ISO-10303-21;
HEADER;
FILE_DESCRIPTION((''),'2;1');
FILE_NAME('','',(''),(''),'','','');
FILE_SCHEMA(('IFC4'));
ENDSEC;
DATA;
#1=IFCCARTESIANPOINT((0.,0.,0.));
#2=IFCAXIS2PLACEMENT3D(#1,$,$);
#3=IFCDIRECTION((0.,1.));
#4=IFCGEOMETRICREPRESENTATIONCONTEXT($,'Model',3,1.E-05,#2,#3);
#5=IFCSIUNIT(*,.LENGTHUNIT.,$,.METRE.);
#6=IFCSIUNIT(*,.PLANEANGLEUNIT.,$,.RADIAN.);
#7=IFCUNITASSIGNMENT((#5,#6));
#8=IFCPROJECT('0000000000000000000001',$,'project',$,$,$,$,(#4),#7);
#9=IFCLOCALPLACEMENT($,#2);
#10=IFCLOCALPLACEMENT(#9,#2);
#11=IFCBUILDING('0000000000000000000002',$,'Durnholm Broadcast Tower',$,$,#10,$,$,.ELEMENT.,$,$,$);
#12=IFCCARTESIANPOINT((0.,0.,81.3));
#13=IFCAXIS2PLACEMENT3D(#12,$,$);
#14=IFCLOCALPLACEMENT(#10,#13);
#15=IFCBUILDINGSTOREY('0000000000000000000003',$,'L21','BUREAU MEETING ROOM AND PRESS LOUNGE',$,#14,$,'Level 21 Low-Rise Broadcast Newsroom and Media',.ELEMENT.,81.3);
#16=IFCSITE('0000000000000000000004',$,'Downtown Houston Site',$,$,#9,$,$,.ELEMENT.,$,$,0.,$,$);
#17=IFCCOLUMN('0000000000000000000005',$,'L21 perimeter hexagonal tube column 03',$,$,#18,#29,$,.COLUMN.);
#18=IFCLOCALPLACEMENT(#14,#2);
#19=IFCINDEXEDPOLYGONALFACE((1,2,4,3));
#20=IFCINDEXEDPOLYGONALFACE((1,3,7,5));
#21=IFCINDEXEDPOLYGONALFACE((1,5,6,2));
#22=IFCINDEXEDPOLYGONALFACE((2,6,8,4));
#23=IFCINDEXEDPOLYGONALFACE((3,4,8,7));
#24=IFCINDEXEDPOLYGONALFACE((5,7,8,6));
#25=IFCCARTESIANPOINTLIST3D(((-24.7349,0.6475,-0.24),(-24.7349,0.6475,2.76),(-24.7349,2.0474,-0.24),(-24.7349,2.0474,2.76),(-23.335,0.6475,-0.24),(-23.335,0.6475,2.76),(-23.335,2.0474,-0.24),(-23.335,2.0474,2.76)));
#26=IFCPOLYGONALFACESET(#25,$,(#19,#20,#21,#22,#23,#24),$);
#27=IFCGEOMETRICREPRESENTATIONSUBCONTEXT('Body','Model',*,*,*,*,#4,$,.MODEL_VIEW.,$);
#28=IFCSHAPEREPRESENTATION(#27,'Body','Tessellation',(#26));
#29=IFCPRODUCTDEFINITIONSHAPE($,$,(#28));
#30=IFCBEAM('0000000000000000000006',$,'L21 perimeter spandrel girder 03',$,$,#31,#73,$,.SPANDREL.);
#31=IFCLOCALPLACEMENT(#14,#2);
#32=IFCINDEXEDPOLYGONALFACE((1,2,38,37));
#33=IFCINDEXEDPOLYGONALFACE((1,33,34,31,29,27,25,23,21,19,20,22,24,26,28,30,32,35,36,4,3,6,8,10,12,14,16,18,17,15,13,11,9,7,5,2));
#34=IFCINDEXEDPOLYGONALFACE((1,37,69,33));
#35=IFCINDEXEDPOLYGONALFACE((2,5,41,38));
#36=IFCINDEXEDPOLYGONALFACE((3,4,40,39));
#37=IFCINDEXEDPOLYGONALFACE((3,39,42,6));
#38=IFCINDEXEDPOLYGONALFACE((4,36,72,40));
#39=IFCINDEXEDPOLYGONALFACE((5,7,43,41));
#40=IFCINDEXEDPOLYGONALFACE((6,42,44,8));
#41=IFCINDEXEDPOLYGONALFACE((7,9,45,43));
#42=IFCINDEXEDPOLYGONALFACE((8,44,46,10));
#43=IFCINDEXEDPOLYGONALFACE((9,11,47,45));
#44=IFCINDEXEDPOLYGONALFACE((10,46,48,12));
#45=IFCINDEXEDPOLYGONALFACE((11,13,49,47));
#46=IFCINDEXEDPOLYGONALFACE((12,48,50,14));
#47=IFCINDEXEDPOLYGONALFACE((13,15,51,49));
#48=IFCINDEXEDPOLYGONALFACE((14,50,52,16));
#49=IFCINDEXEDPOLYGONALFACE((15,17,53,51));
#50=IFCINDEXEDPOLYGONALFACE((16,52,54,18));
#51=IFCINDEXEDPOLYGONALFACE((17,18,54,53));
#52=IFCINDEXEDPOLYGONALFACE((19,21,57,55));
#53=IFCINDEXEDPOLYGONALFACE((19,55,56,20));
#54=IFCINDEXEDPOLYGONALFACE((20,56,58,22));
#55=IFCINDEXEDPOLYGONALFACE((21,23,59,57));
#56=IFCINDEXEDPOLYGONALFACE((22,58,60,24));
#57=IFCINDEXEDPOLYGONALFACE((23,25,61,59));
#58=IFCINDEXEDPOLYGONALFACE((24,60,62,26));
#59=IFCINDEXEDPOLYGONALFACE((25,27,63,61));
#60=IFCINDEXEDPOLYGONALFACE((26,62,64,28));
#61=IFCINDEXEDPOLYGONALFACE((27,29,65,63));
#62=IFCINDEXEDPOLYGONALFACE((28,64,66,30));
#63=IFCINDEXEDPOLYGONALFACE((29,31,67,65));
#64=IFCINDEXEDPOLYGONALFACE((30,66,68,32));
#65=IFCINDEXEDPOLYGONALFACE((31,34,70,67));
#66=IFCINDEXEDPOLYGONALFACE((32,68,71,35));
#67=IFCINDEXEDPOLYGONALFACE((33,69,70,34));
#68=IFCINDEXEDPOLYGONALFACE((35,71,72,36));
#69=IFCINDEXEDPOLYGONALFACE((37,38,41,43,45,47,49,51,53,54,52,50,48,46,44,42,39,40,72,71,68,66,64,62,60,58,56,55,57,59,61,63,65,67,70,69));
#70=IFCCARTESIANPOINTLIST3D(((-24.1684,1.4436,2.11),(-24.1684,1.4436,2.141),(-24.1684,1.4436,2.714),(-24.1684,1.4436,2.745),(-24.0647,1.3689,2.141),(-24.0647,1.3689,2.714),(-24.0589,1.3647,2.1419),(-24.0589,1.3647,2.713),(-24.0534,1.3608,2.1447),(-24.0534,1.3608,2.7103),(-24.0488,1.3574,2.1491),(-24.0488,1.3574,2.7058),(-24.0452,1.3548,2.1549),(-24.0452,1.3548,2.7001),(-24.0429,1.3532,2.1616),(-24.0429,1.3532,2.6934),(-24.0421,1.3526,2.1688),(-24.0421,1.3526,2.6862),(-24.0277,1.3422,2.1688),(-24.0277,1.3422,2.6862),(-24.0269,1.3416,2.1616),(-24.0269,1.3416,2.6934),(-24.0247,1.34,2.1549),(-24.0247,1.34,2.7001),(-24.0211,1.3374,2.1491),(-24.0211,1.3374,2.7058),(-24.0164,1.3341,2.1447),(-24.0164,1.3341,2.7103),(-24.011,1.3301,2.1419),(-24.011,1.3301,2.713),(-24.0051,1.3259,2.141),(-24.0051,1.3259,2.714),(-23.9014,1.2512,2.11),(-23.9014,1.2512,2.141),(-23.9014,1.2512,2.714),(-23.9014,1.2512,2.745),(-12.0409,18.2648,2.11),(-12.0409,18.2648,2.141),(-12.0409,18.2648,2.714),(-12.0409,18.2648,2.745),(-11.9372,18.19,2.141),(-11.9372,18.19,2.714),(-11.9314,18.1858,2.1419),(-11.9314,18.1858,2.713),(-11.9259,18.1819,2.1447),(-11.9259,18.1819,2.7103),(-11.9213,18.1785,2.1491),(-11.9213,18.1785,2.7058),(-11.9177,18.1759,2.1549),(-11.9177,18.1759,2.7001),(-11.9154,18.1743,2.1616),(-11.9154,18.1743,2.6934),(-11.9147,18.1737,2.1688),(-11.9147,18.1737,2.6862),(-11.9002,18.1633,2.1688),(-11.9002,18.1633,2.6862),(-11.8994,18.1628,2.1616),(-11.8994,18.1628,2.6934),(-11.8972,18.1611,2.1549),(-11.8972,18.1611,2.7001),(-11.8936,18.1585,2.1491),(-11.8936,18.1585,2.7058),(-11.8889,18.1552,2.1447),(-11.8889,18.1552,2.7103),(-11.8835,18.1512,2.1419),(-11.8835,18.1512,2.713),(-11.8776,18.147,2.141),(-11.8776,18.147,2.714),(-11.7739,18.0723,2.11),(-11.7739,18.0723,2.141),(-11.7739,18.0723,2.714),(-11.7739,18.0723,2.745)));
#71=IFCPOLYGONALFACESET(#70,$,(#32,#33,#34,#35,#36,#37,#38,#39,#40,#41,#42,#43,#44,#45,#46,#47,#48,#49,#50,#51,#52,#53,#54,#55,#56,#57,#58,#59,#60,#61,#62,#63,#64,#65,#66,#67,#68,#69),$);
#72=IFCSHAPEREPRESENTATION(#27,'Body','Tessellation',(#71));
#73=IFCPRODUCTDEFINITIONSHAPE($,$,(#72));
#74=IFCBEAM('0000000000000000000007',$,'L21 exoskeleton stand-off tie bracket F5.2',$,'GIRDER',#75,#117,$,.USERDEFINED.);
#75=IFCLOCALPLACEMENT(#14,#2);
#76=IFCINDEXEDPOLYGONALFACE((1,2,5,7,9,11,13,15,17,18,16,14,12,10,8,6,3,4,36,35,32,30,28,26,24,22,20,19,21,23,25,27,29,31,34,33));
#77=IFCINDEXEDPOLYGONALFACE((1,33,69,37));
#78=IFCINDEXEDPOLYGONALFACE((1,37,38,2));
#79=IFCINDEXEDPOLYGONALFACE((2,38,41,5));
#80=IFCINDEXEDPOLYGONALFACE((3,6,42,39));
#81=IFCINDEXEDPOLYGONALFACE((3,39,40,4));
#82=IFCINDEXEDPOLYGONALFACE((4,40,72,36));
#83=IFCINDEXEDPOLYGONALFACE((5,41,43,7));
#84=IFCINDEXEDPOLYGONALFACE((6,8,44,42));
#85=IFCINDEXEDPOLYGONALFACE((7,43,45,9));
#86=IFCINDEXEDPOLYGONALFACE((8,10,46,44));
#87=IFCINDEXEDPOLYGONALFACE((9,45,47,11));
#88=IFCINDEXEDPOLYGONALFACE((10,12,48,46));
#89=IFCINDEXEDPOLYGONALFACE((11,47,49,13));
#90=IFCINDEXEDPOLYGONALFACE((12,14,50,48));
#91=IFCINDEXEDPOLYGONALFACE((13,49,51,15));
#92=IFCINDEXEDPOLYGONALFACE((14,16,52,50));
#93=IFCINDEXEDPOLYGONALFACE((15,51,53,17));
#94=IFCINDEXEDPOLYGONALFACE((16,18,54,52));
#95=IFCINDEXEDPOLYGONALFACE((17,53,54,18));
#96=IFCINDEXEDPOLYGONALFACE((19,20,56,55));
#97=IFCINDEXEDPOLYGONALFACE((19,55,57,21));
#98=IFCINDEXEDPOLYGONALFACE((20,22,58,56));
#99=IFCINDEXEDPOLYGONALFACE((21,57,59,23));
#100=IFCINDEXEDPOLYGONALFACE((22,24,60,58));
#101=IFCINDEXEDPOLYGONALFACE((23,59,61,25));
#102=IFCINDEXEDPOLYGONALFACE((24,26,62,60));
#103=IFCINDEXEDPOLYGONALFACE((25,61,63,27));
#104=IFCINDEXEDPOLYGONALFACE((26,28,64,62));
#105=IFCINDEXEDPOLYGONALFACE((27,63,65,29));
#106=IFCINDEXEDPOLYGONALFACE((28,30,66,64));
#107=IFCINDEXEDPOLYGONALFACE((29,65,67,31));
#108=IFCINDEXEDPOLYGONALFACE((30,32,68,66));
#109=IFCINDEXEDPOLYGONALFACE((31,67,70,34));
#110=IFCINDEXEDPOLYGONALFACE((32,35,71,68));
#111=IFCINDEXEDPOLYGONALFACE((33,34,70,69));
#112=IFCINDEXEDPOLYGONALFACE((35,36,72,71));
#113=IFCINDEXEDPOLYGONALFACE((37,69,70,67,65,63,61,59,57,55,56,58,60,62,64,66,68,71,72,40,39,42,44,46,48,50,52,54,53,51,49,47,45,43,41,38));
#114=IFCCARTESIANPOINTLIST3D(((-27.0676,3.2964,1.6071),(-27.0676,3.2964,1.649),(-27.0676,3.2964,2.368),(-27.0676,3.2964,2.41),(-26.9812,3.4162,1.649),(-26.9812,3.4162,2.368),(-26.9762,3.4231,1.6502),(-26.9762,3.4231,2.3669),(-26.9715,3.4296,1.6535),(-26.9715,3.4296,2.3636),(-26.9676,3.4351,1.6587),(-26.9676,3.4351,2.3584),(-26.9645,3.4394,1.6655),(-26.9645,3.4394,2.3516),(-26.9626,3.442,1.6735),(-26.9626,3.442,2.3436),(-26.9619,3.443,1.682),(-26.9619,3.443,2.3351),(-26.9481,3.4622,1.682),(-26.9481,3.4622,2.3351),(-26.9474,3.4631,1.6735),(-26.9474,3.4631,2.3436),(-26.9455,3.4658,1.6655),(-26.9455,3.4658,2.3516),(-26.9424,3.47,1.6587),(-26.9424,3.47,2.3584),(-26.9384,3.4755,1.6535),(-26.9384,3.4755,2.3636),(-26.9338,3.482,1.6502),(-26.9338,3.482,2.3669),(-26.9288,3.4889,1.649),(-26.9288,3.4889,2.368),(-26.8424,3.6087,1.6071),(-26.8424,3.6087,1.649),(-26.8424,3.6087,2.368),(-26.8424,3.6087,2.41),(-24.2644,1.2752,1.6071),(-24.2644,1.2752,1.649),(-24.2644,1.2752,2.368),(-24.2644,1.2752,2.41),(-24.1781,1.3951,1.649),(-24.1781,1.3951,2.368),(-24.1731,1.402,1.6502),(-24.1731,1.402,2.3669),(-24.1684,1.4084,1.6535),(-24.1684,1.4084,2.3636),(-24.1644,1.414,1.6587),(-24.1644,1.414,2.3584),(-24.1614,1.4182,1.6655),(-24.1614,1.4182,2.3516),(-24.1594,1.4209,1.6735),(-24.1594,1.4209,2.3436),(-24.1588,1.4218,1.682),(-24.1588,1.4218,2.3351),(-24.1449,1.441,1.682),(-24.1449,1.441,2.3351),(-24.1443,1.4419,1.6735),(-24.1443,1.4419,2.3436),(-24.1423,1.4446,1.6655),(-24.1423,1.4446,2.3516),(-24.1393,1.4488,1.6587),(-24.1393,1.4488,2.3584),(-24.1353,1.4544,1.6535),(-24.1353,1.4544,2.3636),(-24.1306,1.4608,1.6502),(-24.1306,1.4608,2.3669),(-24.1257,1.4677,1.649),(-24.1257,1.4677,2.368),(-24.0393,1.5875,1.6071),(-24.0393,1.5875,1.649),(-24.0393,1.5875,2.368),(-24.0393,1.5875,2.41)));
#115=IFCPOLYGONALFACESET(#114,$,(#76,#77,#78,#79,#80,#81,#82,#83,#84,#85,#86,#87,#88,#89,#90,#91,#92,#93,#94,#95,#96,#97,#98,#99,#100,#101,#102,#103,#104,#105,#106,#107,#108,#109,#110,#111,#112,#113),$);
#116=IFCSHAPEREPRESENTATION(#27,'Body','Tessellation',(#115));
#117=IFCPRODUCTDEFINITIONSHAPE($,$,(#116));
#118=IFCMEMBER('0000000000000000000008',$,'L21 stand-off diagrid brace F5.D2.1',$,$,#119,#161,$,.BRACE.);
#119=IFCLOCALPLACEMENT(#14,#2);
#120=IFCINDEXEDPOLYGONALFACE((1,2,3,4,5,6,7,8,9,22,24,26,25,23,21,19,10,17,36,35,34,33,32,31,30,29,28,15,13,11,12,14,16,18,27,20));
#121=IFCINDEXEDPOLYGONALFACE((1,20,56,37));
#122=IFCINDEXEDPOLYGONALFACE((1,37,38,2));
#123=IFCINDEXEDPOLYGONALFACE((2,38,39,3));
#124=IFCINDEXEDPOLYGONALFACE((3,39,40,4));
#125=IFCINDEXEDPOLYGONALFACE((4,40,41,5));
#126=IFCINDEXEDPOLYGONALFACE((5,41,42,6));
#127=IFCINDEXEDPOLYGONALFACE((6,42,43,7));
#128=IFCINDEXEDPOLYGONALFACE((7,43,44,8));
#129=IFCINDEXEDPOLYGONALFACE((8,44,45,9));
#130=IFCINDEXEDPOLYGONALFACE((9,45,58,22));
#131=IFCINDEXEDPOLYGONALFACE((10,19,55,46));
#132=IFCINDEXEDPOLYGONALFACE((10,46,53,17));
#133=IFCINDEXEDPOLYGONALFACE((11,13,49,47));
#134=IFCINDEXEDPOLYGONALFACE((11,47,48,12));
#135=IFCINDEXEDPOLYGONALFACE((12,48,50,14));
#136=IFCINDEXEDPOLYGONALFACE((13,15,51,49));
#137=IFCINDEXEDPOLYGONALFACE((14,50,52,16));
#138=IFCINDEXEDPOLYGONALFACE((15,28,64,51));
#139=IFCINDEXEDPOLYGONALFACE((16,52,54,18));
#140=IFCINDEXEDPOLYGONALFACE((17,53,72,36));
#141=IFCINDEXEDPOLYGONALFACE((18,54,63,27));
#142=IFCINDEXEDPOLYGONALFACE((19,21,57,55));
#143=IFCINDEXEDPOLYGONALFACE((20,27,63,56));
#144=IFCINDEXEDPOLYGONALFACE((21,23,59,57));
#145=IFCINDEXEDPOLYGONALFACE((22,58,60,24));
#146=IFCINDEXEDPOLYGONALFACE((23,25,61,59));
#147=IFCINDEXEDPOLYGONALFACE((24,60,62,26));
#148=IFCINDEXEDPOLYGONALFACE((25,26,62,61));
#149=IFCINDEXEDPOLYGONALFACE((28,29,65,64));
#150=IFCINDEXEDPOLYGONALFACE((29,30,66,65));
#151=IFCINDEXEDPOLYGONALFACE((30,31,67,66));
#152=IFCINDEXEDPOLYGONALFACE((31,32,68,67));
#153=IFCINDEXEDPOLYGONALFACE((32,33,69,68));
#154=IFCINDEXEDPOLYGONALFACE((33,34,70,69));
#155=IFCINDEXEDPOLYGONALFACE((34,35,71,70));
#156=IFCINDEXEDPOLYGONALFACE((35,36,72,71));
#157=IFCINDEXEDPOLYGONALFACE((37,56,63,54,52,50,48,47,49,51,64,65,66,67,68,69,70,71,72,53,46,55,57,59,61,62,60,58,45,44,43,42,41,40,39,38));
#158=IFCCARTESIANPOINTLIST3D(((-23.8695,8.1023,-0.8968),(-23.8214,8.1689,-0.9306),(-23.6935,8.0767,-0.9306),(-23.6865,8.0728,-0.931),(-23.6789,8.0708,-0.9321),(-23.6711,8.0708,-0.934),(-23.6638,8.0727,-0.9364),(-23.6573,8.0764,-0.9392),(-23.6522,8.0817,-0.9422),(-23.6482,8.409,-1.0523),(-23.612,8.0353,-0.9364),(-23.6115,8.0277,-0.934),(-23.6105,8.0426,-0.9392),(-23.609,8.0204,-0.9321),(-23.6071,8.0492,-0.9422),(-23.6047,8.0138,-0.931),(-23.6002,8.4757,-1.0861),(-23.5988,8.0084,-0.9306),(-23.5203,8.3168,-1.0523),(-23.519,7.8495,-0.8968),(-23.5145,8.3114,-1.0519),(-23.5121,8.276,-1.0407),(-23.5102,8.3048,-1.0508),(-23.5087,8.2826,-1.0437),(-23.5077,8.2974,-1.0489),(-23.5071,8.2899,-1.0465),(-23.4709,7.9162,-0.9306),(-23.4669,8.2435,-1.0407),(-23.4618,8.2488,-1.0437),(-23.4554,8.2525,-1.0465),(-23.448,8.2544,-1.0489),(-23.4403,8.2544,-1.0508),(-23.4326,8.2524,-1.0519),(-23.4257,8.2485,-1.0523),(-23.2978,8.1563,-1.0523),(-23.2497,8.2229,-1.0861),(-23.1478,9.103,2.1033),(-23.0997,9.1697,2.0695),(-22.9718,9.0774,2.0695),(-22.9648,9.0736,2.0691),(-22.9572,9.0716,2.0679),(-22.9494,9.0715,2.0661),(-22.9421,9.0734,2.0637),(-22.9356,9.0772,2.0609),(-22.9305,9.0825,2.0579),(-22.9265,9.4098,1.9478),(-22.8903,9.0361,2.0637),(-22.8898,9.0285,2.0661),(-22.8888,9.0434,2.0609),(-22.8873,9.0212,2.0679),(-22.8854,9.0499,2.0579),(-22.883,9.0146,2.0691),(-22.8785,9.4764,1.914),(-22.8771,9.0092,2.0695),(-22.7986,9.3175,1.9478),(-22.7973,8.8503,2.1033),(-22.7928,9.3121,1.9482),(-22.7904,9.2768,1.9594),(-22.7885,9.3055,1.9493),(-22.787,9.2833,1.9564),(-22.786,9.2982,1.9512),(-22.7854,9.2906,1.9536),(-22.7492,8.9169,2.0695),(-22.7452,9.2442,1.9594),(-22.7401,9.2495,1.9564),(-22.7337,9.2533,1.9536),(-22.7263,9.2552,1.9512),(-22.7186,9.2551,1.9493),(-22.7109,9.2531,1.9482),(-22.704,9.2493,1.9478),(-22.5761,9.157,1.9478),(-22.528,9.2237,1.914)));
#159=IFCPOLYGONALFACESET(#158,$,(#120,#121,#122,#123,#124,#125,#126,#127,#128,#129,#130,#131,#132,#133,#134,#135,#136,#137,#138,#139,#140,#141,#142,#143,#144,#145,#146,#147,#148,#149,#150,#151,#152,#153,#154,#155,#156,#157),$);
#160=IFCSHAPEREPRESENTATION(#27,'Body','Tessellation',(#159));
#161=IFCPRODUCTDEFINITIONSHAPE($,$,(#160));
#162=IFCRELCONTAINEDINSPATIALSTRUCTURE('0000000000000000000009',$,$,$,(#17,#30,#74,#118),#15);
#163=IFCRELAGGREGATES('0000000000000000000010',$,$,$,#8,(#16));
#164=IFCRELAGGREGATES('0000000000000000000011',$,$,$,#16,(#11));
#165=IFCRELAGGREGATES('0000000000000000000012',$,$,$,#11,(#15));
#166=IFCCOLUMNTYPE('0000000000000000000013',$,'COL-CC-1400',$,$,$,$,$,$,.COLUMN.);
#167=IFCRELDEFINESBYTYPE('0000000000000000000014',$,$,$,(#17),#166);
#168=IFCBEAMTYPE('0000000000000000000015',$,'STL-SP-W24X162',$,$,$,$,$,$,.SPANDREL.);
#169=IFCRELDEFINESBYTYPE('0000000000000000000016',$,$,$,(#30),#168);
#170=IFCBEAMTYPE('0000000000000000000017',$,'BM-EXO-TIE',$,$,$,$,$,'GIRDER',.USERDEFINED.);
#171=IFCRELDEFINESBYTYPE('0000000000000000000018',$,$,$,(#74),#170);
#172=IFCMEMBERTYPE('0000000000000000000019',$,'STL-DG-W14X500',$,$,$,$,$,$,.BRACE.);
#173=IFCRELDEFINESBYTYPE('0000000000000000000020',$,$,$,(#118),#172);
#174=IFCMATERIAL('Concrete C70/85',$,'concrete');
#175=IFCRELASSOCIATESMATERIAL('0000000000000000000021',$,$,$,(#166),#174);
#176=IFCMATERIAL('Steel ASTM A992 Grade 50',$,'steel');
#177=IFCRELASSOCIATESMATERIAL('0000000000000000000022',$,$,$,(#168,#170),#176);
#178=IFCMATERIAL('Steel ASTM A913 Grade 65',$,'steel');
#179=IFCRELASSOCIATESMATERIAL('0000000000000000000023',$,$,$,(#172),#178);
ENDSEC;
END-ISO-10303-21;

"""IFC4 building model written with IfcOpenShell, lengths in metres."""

from ifc_helpers import new_model, si_unit, direction, frame, origin, origin_2d, place, context, subcontext, project, spatial, rectangle, i_section, extrude, source, transform, mapped, material, material_profile, profile_set, type_object, type_shapes, element, save


model = new_model("IFC4")

# Units and contexts
model_context = context("Model", 3, precision=1e-05, world=origin(), true_north=direction((0.0, 1.0)))
body_context = subcontext(model_context, "Body", "Model", "MODEL_VIEW")
ifc_project = project(units=[si_unit("LENGTHUNIT", "METRE"), si_unit("PLANEANGLEUNIT", "RADIAN")], contexts=[model_context])

# Site, building, storey
site_placement = place(None, origin())
site = spatial("IfcSite", under=ifc_project, at=site_placement, Name="Downtown Houston Site", CompositionType="ELEMENT", RefElevation=0.0)
building_placement = place(site_placement, origin())
building = spatial("IfcBuilding", under=site, at=building_placement, Name="Durnholm Broadcast Tower", CompositionType="ELEMENT")
storey_placement = place(building_placement, frame((0.0, 0.0, 81.3)))
storey = spatial("IfcBuildingStorey", under=building, at=storey_placement, Name="L21", Description="BUREAU MEETING ROOM AND PRESS LOUNGE", LongName="Level 21 Low-Rise Broadcast Newsroom and Media", CompositionType="ELEMENT", Elevation=81.3)

# Column
ifc_material_1 = material(Name="Concrete C70/85", Category="concrete")
ifc_material_profile_1 = material_profile(ifc_material_1, rectangle(XDim=1.3999, YDim=1.3999, at=origin_2d()), Name="RC1400X1400")
ifc_profile_set_1 = profile_set([ifc_material_profile_1], Name="Concrete C70/85")
column_type = type_object("IfcColumnType", Name="COL-CC-1400", PredefinedType="COLUMN", material=ifc_profile_set_1)
shared_shape_1 = source(origin(), body_context, "Body", "SweptSolid", [
    extrude(rectangle(XDim=1.3999, YDim=1.3999, at=origin_2d()), origin(), (0.0, 0.0, 1.0), 3.0),
])
type_shapes(column_type, [shared_shape_1])
column_placement = place(storey_placement, frame((-24.0349, 1.3474, -0.24), z_axis=(0.0, 0.0, 1.0), x_axis=(1.0, 0.0, 0.0)))
element("IfcColumn", 1, at=column_placement, inside=storey, type_object=column_type, Name="L21 perimeter hexagonal tube column 03", PredefinedType="COLUMN", context=body_context, shape_type="MappedRepresentation", body=[
    mapped(shared_shape_1, transform((0.0, 0.0, 0.0), x_axis=(1.0, 0.0, 0.0), y_axis=(0.0, 1.0, 0.0), z_axis=(0.0, 0.0, 1.0), scale=1.0)),
])

# Beams
ifc_material_2 = material(Name="Steel ASTM A992 Grade 50", Category="steel")
ifc_material_profile_2 = material_profile(ifc_material_2, i_section(OverallWidth=0.3291, OverallDepth=0.635, WebThickness=0.0178, FlangeThickness=0.031, FilletRadius=0.0278, at=origin_2d()), Name="W24X162")
ifc_profile_set_2 = profile_set([ifc_material_profile_2], Name="Steel ASTM A992 Grade 50")
beam_type_1 = type_object("IfcBeamType", Name="STL-SP-W24X162", PredefinedType="SPANDREL", material=ifc_profile_set_2)
shared_shape_2 = source(origin(), body_context, "Body", "SweptSolid", [
    extrude(i_section(OverallWidth=0.3291, OverallDepth=0.635, WebThickness=0.0178, FlangeThickness=0.031, FilletRadius=0.0278, at=origin_2d()), origin(), (0.0, 0.0, 1.0), 20.7371),
])
type_shapes(beam_type_1, [shared_shape_2])
beam_1_placement = place(storey_placement, frame((-24.0349, 1.3474, 2.4275), z_axis=(0.584822, 0.811162, 0.0), x_axis=(-0.811162, 0.584822, 0.0)))
element("IfcBeam", 2, at=beam_1_placement, inside=storey, type_object=beam_type_1, Name="L21 perimeter spandrel girder 03", PredefinedType="SPANDREL", context=body_context, shape_type="MappedRepresentation", body=[
    mapped(shared_shape_2, transform((0.0, 0.0, 0.0), x_axis=(1.0, 0.0, 0.0), y_axis=(0.0, 1.0, 0.0), z_axis=(0.0, 0.0, 1.0), scale=1.0)),
])
ifc_material_profile_3 = material_profile(ifc_material_2, i_section(OverallWidth=0.385, OverallDepth=0.803, WebThickness=0.0237, FlangeThickness=0.042, FilletRadius=0.033, at=origin_2d()), Name="W30X261")
ifc_profile_set_3 = profile_set([ifc_material_profile_3], Name="Steel ASTM A992 Grade 50")
beam_type_2 = type_object("IfcBeamType", Name="BM-EXO-TIE", ElementType="GIRDER", PredefinedType="USERDEFINED", material=ifc_profile_set_3)
shared_shape_3 = source(origin(), body_context, "Body", "SweptSolid", [
    extrude(i_section(OverallWidth=0.385, OverallDepth=0.803, WebThickness=0.0237, FlangeThickness=0.042, FilletRadius=0.033, at=origin_2d()), origin(), (0.0, 0.0, 1.0), 3.4558),
])
type_shapes(beam_type_2, [shared_shape_3])
beam_2_placement = place(storey_placement, frame((-24.1519, 1.4314, 2.0085), z_axis=(-0.811134, 0.584861, 0.0), x_axis=(-0.584861, -0.811134, 0.0)))
element("IfcBeam", 3, at=beam_2_placement, inside=storey, type_object=beam_type_2, Name="L21 exoskeleton stand-off tie bracket F5.2", ObjectType="GIRDER", PredefinedType="USERDEFINED", context=body_context, shape_type="MappedRepresentation", body=[
    mapped(shared_shape_3, transform((0.0, 0.0, 0.0), x_axis=(1.0, 0.0, 0.0), y_axis=(0.0, 1.0, 0.0), z_axis=(0.0, 0.0, 1.0), scale=1.0)),
])

# Member
ifc_material_3 = material(Name="Steel ASTM A913 Grade 65", Category="steel")
ifc_material_profile_4 = material_profile(ifc_material_3, i_section(OverallWidth=0.4321, OverallDepth=0.4978, WebThickness=0.0557, FlangeThickness=0.0889, FilletRadius=0.0305, at=origin_2d()), Name="W14X500")
ifc_profile_set_4 = profile_set([ifc_material_profile_4], Name="Steel ASTM A913 Grade 65")
member_type_1 = type_object("IfcMemberType", Name="STL-DG-W14X500", PredefinedType="BRACE", material=ifc_profile_set_4)
shared_shape_4 = source(origin(), body_context, "Body", "SweptSolid", [
    extrude(i_section(OverallWidth=0.4321, OverallDepth=0.4978, WebThickness=0.0557, FlangeThickness=0.0889, FilletRadius=0.0305, at=origin_2d()), origin(), (0.0, 0.0, 1.0), 3.2439),
])
member_1_placement = place(storey_placement, frame((-23.5596, 8.1626, -0.9915), z_axis=(0.222479, 0.308505, 0.924839), x_axis=(-0.811091, 0.58492, 0.0)))
element("IfcMember", 4, at=member_1_placement, inside=storey, type_object=member_type_1, Name="L21 stand-off diagrid brace F5.D2.1", PredefinedType="BRACE", context=body_context, shape_type="MappedRepresentation", body=[
    mapped(shared_shape_4, transform((0.0, 0.0, 0.0), x_axis=(1.0, 0.0, 0.0), y_axis=(0.0, 1.0, 0.0), z_axis=(0.0, 0.0, 1.0), scale=1.0)),
])

save(model, "model.ifc")
